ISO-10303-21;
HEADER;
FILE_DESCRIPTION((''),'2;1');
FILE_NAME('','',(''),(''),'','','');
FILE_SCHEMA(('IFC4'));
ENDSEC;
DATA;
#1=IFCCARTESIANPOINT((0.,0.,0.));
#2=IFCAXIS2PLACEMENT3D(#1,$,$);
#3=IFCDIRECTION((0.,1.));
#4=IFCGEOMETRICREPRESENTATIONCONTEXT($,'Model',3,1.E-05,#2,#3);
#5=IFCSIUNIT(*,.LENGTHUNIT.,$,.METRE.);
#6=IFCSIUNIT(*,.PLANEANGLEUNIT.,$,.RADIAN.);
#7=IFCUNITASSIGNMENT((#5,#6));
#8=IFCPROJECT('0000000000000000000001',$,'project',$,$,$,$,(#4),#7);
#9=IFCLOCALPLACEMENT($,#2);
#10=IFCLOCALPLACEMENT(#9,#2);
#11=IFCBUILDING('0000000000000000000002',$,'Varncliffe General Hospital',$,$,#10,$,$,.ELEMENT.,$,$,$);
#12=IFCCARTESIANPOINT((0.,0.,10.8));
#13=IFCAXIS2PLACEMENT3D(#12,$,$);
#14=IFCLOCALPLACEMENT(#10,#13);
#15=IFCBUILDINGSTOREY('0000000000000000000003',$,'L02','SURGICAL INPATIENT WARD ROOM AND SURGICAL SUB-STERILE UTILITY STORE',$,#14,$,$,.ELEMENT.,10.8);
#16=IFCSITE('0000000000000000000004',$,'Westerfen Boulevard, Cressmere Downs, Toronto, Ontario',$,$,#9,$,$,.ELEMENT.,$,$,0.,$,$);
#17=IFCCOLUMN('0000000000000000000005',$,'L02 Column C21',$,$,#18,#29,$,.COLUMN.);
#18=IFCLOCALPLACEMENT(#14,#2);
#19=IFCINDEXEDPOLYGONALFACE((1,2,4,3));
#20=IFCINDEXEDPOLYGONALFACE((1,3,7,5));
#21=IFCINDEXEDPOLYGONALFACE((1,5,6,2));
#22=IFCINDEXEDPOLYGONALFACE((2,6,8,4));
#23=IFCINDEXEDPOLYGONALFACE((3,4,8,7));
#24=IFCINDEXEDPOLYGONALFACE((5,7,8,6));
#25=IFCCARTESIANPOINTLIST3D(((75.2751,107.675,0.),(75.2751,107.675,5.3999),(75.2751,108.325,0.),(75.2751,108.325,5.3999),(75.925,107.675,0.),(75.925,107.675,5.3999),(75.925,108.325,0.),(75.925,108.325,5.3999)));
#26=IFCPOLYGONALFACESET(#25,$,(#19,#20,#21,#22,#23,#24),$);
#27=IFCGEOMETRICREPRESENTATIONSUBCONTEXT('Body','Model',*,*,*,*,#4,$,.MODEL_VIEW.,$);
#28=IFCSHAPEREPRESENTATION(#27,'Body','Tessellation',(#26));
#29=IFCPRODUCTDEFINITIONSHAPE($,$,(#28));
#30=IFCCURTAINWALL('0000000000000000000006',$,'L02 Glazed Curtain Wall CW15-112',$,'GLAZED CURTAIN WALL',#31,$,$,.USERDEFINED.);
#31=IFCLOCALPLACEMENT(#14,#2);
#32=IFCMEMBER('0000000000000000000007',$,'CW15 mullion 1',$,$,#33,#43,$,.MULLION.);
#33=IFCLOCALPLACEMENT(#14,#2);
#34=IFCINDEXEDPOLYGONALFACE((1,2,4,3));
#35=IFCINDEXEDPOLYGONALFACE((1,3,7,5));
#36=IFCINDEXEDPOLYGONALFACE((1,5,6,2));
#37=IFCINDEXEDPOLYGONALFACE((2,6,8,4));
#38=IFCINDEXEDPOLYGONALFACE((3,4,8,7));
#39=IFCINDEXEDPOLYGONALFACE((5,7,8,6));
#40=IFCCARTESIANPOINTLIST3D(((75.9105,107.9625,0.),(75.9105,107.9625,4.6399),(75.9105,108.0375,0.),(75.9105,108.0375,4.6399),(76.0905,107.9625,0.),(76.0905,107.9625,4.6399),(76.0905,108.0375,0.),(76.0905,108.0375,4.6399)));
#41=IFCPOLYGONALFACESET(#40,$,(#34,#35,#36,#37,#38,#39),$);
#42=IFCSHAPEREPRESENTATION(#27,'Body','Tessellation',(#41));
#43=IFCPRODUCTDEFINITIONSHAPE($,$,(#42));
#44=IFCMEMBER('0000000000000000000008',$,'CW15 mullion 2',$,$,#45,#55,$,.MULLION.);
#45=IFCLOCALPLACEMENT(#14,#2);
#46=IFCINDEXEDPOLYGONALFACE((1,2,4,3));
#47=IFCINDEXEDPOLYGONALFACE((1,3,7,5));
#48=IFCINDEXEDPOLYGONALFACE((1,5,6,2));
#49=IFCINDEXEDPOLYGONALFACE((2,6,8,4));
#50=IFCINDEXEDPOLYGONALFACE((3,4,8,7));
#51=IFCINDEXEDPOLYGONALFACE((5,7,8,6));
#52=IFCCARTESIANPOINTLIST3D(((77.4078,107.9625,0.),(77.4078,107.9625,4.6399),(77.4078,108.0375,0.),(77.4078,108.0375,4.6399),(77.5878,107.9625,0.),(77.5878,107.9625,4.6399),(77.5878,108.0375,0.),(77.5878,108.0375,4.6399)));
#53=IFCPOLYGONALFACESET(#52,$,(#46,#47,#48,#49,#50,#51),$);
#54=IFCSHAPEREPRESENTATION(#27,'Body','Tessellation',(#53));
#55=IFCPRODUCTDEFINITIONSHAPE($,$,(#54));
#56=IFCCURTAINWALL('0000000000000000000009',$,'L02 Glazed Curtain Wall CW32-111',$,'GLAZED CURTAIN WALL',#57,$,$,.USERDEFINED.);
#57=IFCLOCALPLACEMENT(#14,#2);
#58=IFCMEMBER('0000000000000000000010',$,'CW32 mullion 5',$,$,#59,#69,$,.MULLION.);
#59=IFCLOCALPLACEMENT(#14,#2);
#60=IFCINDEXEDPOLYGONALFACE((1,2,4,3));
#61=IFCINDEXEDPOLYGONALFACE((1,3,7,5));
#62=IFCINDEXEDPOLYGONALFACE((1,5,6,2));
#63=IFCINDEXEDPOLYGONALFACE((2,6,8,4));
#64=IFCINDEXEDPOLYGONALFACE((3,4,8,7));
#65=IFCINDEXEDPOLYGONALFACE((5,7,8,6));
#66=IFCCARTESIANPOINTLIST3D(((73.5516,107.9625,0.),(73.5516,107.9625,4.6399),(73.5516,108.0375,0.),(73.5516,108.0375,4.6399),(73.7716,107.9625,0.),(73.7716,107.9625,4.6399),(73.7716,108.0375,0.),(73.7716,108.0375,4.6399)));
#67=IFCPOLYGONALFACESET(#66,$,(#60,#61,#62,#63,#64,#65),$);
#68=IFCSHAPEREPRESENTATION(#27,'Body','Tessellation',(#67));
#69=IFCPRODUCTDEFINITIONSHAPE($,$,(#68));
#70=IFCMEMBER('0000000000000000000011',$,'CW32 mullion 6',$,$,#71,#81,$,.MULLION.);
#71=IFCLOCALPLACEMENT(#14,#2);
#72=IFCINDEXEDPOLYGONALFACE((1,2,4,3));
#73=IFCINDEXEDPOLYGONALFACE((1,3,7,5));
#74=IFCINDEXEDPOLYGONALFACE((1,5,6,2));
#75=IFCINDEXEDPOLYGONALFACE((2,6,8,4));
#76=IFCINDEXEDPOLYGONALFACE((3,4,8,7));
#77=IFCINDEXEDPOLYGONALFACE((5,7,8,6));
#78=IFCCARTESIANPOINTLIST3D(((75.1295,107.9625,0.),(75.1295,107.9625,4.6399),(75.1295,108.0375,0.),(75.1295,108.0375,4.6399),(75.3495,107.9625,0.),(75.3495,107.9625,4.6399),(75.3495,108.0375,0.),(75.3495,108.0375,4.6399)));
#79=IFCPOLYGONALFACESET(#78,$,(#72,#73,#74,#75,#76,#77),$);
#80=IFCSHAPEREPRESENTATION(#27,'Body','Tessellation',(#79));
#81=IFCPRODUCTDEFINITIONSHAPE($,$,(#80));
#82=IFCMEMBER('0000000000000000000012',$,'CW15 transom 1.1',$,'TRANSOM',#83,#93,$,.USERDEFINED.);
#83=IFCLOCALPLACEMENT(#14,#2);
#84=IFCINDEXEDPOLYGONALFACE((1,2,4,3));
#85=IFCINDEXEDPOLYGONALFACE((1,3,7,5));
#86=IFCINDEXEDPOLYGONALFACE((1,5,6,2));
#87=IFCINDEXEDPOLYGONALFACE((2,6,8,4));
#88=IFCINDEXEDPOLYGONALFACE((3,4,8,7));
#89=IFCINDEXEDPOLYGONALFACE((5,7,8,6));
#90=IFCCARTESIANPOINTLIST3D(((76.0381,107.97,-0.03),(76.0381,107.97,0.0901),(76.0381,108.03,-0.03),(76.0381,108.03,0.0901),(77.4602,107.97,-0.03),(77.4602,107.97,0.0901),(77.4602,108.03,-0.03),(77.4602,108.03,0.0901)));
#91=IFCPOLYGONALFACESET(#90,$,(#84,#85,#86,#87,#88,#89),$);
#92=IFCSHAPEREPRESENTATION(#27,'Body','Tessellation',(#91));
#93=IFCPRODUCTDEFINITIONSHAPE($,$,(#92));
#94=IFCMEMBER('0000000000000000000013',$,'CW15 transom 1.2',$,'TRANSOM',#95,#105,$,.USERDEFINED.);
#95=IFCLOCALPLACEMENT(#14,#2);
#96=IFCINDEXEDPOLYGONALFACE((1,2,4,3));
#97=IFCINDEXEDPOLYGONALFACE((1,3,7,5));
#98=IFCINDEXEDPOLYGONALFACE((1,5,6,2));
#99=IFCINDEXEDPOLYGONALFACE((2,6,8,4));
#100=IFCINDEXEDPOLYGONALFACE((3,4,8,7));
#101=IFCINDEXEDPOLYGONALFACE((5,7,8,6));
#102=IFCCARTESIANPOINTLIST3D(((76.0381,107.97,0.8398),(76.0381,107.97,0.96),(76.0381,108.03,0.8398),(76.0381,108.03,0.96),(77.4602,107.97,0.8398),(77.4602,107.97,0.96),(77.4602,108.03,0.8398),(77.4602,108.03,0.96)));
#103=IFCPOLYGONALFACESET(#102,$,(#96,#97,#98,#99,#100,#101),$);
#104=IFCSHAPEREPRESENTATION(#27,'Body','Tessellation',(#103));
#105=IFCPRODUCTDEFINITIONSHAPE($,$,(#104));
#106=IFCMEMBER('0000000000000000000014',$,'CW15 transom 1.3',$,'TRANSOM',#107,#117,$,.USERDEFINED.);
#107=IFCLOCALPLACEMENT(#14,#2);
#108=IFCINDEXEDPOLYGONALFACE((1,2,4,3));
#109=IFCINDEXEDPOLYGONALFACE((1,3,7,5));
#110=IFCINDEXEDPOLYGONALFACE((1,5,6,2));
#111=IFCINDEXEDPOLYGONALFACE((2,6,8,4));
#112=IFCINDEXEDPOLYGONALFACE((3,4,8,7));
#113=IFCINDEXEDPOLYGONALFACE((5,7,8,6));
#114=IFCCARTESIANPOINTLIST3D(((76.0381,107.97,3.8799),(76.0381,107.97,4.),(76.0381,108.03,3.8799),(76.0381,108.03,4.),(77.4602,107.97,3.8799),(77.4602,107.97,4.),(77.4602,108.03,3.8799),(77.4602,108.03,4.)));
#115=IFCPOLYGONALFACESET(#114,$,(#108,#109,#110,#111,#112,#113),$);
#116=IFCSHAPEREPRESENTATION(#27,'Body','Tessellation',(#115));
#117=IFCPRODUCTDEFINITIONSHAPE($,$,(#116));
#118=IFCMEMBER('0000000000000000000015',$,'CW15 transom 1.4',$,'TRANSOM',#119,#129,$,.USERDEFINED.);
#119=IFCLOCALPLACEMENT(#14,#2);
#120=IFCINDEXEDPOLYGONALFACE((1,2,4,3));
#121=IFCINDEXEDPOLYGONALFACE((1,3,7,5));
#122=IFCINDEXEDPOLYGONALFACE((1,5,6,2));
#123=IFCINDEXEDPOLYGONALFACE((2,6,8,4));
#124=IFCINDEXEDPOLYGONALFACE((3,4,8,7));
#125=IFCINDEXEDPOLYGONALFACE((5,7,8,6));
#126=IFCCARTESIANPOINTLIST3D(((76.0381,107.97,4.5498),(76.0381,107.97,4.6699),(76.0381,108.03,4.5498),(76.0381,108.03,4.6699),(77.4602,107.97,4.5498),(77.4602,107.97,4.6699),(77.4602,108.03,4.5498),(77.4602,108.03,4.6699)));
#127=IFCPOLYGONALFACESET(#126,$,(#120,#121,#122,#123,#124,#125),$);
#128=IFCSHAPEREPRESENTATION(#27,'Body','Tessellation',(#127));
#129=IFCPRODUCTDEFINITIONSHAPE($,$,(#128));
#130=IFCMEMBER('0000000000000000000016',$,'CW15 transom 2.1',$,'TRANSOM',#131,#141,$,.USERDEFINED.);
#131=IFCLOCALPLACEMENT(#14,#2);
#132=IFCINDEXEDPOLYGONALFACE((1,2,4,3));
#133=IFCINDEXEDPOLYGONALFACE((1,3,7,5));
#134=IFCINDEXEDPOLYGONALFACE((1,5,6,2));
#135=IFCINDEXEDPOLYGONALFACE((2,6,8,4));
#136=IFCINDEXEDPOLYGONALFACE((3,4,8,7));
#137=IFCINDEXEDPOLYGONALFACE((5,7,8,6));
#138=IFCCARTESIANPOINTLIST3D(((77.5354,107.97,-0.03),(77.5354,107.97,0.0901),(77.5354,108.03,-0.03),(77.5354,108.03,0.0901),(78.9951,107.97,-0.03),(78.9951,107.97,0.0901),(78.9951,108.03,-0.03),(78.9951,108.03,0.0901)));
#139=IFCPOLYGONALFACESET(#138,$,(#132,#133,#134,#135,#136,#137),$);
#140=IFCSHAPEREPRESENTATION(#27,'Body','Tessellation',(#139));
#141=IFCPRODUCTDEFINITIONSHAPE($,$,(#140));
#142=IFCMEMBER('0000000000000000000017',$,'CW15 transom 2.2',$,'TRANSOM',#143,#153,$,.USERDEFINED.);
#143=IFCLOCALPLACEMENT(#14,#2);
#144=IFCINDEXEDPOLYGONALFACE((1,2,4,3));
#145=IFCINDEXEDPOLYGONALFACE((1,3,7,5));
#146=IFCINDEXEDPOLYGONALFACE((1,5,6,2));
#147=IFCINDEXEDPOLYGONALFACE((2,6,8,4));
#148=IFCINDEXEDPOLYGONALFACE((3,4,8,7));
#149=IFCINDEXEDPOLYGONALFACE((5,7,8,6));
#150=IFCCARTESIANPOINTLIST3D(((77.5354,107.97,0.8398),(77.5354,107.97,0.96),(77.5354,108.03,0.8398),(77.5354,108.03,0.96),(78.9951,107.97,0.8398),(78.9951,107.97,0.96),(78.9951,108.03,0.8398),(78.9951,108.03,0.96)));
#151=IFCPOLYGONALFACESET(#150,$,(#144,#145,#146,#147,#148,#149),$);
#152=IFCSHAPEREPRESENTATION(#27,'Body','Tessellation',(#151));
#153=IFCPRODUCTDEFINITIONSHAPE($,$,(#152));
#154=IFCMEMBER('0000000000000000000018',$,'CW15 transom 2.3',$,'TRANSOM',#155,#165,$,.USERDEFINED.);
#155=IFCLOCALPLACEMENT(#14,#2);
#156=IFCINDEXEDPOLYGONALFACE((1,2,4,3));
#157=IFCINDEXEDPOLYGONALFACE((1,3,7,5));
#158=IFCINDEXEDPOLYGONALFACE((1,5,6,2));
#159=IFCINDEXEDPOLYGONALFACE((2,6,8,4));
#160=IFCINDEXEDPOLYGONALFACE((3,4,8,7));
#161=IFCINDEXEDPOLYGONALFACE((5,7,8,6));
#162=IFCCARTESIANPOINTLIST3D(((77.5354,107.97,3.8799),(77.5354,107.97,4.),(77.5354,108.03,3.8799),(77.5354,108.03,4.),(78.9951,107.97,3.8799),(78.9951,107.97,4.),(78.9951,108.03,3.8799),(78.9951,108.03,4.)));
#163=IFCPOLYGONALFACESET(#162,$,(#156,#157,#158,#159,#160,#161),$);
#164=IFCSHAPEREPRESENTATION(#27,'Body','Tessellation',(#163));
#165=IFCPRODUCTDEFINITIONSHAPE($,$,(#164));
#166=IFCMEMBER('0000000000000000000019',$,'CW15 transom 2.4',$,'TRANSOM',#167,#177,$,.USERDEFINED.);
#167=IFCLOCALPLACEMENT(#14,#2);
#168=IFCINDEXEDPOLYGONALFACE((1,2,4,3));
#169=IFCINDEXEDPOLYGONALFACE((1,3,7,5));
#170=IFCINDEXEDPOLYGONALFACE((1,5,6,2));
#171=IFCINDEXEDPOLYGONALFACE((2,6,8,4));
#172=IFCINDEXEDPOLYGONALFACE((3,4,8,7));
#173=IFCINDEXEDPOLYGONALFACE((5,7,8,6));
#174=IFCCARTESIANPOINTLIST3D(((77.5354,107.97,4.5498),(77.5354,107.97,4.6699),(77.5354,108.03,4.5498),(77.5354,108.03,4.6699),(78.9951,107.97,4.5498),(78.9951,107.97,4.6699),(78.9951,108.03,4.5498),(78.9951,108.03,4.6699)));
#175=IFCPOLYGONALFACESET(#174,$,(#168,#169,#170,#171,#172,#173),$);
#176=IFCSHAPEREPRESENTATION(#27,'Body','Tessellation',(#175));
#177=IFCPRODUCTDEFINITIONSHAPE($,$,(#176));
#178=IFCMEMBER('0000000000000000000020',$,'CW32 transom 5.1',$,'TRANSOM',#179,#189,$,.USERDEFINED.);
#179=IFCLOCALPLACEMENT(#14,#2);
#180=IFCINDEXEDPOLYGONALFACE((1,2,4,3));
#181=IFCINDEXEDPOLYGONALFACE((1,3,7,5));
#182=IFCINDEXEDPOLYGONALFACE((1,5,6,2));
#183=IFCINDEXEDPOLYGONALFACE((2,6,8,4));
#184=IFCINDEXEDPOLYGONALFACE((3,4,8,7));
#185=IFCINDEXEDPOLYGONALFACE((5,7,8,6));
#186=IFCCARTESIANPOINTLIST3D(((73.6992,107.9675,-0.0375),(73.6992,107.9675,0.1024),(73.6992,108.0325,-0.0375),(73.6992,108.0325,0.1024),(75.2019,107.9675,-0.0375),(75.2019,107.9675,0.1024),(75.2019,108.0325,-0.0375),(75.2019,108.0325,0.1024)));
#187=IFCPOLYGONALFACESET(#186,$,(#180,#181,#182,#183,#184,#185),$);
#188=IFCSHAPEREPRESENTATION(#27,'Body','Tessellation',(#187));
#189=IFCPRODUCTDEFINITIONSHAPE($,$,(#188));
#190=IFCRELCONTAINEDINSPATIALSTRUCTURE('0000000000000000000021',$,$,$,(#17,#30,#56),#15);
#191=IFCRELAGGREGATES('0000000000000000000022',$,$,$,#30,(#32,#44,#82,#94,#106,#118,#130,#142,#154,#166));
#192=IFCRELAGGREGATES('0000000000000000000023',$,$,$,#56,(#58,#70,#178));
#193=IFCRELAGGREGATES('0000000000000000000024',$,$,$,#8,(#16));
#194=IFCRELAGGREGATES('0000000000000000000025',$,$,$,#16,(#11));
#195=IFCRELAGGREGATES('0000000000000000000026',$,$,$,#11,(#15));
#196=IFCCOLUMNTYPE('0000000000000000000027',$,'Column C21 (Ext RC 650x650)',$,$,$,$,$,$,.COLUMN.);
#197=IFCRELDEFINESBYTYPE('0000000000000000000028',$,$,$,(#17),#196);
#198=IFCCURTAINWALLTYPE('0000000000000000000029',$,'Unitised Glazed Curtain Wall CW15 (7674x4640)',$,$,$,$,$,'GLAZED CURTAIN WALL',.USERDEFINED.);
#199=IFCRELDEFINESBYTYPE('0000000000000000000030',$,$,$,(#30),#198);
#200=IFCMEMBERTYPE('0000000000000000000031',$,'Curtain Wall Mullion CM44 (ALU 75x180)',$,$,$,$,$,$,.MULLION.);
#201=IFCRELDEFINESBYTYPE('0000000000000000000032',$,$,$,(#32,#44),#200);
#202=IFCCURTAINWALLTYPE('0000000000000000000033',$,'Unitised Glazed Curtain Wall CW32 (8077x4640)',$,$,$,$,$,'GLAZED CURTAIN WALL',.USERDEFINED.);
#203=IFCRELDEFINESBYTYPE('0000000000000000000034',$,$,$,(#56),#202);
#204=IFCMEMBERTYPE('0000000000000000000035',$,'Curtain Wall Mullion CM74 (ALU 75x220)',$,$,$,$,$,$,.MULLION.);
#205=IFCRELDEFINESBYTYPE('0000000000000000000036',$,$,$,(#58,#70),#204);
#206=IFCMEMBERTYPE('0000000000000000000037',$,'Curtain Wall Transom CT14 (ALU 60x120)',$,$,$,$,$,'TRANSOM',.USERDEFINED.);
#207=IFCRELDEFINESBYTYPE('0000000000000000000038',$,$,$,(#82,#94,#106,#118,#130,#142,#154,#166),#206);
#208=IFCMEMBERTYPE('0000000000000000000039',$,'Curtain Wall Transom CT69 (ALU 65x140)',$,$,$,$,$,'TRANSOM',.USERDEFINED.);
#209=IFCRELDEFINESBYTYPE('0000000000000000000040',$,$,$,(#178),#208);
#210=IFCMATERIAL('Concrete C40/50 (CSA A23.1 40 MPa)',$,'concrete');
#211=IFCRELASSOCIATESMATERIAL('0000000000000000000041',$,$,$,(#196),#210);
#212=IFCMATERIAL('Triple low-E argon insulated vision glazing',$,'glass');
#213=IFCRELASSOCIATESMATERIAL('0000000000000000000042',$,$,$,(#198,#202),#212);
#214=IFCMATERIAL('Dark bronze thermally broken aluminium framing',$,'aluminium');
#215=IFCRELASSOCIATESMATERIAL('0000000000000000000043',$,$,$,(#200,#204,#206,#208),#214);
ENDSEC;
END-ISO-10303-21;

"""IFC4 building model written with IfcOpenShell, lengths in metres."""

from ifc_helpers import new_model, si_unit, direction, frame, origin, origin_2d, place, context, subcontext, project, spatial, rectangle, extrude, material, material_profile, profile_set, type_object, element, aggregate, save


model = new_model("IFC4")

# Units and contexts
model_context = context("Model", 3, precision=1e-05, world=origin(), true_north=direction((0.0, 1.0)))
body_context = subcontext(model_context, "Body", "Model", "MODEL_VIEW")
ifc_project = project(units=[si_unit("LENGTHUNIT", "METRE"), si_unit("PLANEANGLEUNIT", "RADIAN")], contexts=[model_context])

# Site, building, storey
site_placement = place(None, origin())
site = spatial("IfcSite", under=ifc_project, at=site_placement, Name="Westerfen Boulevard, Cressmere Downs, Toronto, Ontario", CompositionType="ELEMENT", RefElevation=0.0)
building_placement = place(site_placement, origin())
building = spatial("IfcBuilding", under=site, at=building_placement, Name="Varncliffe General Hospital", CompositionType="ELEMENT")
storey_placement = place(building_placement, frame((0.0, 0.0, 10.8)))
storey = spatial("IfcBuildingStorey", under=building, at=storey_placement, Name="L02", Description="SURGICAL INPATIENT WARD ROOM AND SURGICAL SUB-STERILE UTILITY STORE", CompositionType="ELEMENT", Elevation=10.8)

# Column
ifc_material_1 = material(Name="Concrete C40/50 (CSA A23.1 40 MPa)", Category="concrete")
ifc_material_profile_1 = material_profile(ifc_material_1, rectangle(XDim=0.6499, YDim=0.6499, at=origin_2d()), Name="RC 650x650")
ifc_profile_set_1 = profile_set([ifc_material_profile_1], Name="Concrete C40/50 (CSA A23.1 40 MPa)")
column_type = type_object("IfcColumnType", Name="Column C21 (Ext RC 650x650)", PredefinedType="COLUMN", material=ifc_profile_set_1)
column_placement = place(storey_placement, frame((75.6001, 108.0, 0.0), z_axis=(0.0, 0.0, 1.0), x_axis=(1.0, 0.0, 0.0)))
element("IfcColumn", 1, at=column_placement, inside=storey, type_object=column_type, Name="L02 Column C21", PredefinedType="COLUMN", context=body_context, shape_type="SweptSolid", body=[
    extrude(rectangle(XDim=0.6499, YDim=0.6499, at=origin_2d()), origin(), (0.0, 0.0, 1.0), 5.3999),
])

# Curtain walls, members
ifc_material_2 = material(Name="Triple low-E argon insulated vision glazing", Category="glass")
curtain_wall_type_1 = type_object("IfcCurtainWallType", Name="Unitised Glazed Curtain Wall CW15 (7674x4640)", ElementType="GLAZED CURTAIN WALL", PredefinedType="USERDEFINED", material=ifc_material_2)
curtain_wall_1_placement = place(storey_placement, origin())
curtain_wall_1 = element("IfcCurtainWall", 2, at=curtain_wall_1_placement, inside=storey, type_object=curtain_wall_type_1, Name="L02 Glazed Curtain Wall CW15-112", ObjectType="GLAZED CURTAIN WALL", PredefinedType="USERDEFINED")
ifc_material_3 = material(Name="Dark bronze thermally broken aluminium framing", Category="aluminium")
ifc_material_profile_2 = material_profile(ifc_material_3, rectangle(XDim=0.075, YDim=0.1799, at=origin_2d()), Name="ALU 75x180")
ifc_profile_set_2 = profile_set([ifc_material_profile_2], Name="Dark bronze thermally broken aluminium framing")
member_type_1 = type_object("IfcMemberType", Name="Curtain Wall Mullion CM44 (ALU 75x180)", PredefinedType="MULLION", material=ifc_profile_set_2)
member_1_placement = place(storey_placement, frame((76.0005, 108.0, 0.0), z_axis=(0.0, 0.0, 1.0), x_axis=(0.0, 1.0, 0.0)))
member_1 = element("IfcMember", 3, at=member_1_placement, type_object=member_type_1, Name="CW15 mullion 1", PredefinedType="MULLION", context=body_context, shape_type="SweptSolid", body=[
    extrude(rectangle(XDim=0.075, YDim=0.1799, at=origin_2d()), origin(), (0.0, 0.0, 1.0), 4.6399),
])
member_2_placement = place(storey_placement, frame((77.4978, 108.0, 0.0), z_axis=(0.0, 0.0, 1.0), x_axis=(0.0, 1.0, 0.0)))
member_2 = element("IfcMember", 4, at=member_2_placement, type_object=member_type_1, Name="CW15 mullion 2", PredefinedType="MULLION", context=body_context, shape_type="SweptSolid", body=[
    extrude(rectangle(XDim=0.075, YDim=0.1799, at=origin_2d()), origin(), (0.0, 0.0, 1.0), 4.6399),
])
curtain_wall_type_2 = type_object("IfcCurtainWallType", Name="Unitised Glazed Curtain Wall CW32 (8077x4640)", ElementType="GLAZED CURTAIN WALL", PredefinedType="USERDEFINED", material=ifc_material_2)
curtain_wall_2_placement = place(storey_placement, origin())
curtain_wall_2 = element("IfcCurtainWall", 5, at=curtain_wall_2_placement, inside=storey, type_object=curtain_wall_type_2, Name="L02 Glazed Curtain Wall CW32-111", ObjectType="GLAZED CURTAIN WALL", PredefinedType="USERDEFINED")
ifc_material_profile_3 = material_profile(ifc_material_3, rectangle(XDim=0.075, YDim=0.22, at=origin_2d()), Name="ALU 75x220")
ifc_profile_set_3 = profile_set([ifc_material_profile_3], Name="Dark bronze thermally broken aluminium framing")
member_type_2 = type_object("IfcMemberType", Name="Curtain Wall Mullion CM74 (ALU 75x220)", PredefinedType="MULLION", material=ifc_profile_set_3)
member_3_placement = place(storey_placement, frame((73.6616, 108.0, 0.0), z_axis=(0.0, 0.0, 1.0), x_axis=(0.0, 1.0, 0.0)))
member_3 = element("IfcMember", 6, at=member_3_placement, type_object=member_type_2, Name="CW32 mullion 5", PredefinedType="MULLION", context=body_context, shape_type="SweptSolid", body=[
    extrude(rectangle(XDim=0.075, YDim=0.22, at=origin_2d()), origin(), (0.0, 0.0, 1.0), 4.6399),
])
member_4_placement = place(storey_placement, frame((75.2395, 108.0, 0.0), z_axis=(0.0, 0.0, 1.0), x_axis=(0.0, 1.0, 0.0)))
member_4 = element("IfcMember", 7, at=member_4_placement, type_object=member_type_2, Name="CW32 mullion 6", PredefinedType="MULLION", context=body_context, shape_type="SweptSolid", body=[
    extrude(rectangle(XDim=0.075, YDim=0.22, at=origin_2d()), origin(), (0.0, 0.0, 1.0), 4.6399),
])

# Members
ifc_material_profile_4 = material_profile(ifc_material_3, rectangle(XDim=0.0601, YDim=0.1201, at=origin_2d()), Name="ALU 60x120")
ifc_profile_set_4 = profile_set([ifc_material_profile_4], Name="Dark bronze thermally broken aluminium framing")
member_type_3 = type_object("IfcMemberType", Name="Curtain Wall Transom CT14 (ALU 60x120)", ElementType="TRANSOM", PredefinedType="USERDEFINED", material=ifc_profile_set_4)
member_5_placement = place(storey_placement, frame((76.0381, 108.0, 0.03), z_axis=(1.0, 0.0, 0.0), x_axis=(0.0, 1.0, 0.0)))
member_5 = element("IfcMember", 8, at=member_5_placement, type_object=member_type_3, Name="CW15 transom 1.1", ObjectType="TRANSOM", PredefinedType="USERDEFINED", context=body_context, shape_type="SweptSolid", body=[
    extrude(rectangle(XDim=0.0601, YDim=0.1201, at=origin_2d()), origin(), (0.0, 0.0, 1.0), 1.4221),
])
member_6_placement = place(storey_placement, frame((76.0381, 108.0, 0.8999), z_axis=(1.0, 0.0, 0.0), x_axis=(0.0, 1.0, 0.0)))
member_6 = element("IfcMember", 9, at=member_6_placement, type_object=member_type_3, Name="CW15 transom 1.2", ObjectType="TRANSOM", PredefinedType="USERDEFINED", context=body_context, shape_type="SweptSolid", body=[
    extrude(rectangle(XDim=0.0601, YDim=0.1201, at=origin_2d()), origin(), (0.0, 0.0, 1.0), 1.4221),
])
member_7_placement = place(storey_placement, frame((76.0381, 108.0, 3.9399), z_axis=(1.0, 0.0, 0.0), x_axis=(0.0, 1.0, 0.0)))
member_7 = element("IfcMember", 10, at=member_7_placement, type_object=member_type_3, Name="CW15 transom 1.3", ObjectType="TRANSOM", PredefinedType="USERDEFINED", context=body_context, shape_type="SweptSolid", body=[
    extrude(rectangle(XDim=0.0601, YDim=0.1201, at=origin_2d()), origin(), (0.0, 0.0, 1.0), 1.4221),
])
member_8_placement = place(storey_placement, frame((76.0381, 108.0, 4.6099), z_axis=(1.0, 0.0, 0.0), x_axis=(0.0, 1.0, 0.0)))
member_8 = element("IfcMember", 11, at=member_8_placement, type_object=member_type_3, Name="CW15 transom 1.4", ObjectType="TRANSOM", PredefinedType="USERDEFINED", context=body_context, shape_type="SweptSolid", body=[
    extrude(rectangle(XDim=0.0601, YDim=0.1201, at=origin_2d()), origin(), (0.0, 0.0, 1.0), 1.4221),
])
member_9_placement = place(storey_placement, frame((77.5354, 108.0, 0.03), z_axis=(1.0, 0.0, 0.0), x_axis=(0.0, 1.0, 0.0)))
member_9 = element("IfcMember", 12, at=member_9_placement, type_object=member_type_3, Name="CW15 transom 2.1", ObjectType="TRANSOM", PredefinedType="USERDEFINED", context=body_context, shape_type="SweptSolid", body=[
    extrude(rectangle(XDim=0.0601, YDim=0.1201, at=origin_2d()), origin(), (0.0, 0.0, 1.0), 1.4597),
])
member_10_placement = place(storey_placement, frame((77.5354, 108.0, 0.8999), z_axis=(1.0, 0.0, 0.0), x_axis=(0.0, 1.0, 0.0)))
member_10 = element("IfcMember", 13, at=member_10_placement, type_object=member_type_3, Name="CW15 transom 2.2", ObjectType="TRANSOM", PredefinedType="USERDEFINED", context=body_context, shape_type="SweptSolid", body=[
    extrude(rectangle(XDim=0.0601, YDim=0.1201, at=origin_2d()), origin(), (0.0, 0.0, 1.0), 1.4597),
])
member_11_placement = place(storey_placement, frame((77.5354, 108.0, 3.9399), z_axis=(1.0, 0.0, 0.0), x_axis=(0.0, 1.0, 0.0)))
member_11 = element("IfcMember", 14, at=member_11_placement, type_object=member_type_3, Name="CW15 transom 2.3", ObjectType="TRANSOM", PredefinedType="USERDEFINED", context=body_context, shape_type="SweptSolid", body=[
    extrude(rectangle(XDim=0.0601, YDim=0.1201, at=origin_2d()), origin(), (0.0, 0.0, 1.0), 1.4597),
])
member_12_placement = place(storey_placement, frame((77.5354, 108.0, 4.6099), z_axis=(1.0, 0.0, 0.0), x_axis=(0.0, 1.0, 0.0)))
member_12 = element("IfcMember", 15, at=member_12_placement, type_object=member_type_3, Name="CW15 transom 2.4", ObjectType="TRANSOM", PredefinedType="USERDEFINED", context=body_context, shape_type="SweptSolid", body=[
    extrude(rectangle(XDim=0.0601, YDim=0.1201, at=origin_2d()), origin(), (0.0, 0.0, 1.0), 1.4597),
])
ifc_material_profile_5 = material_profile(ifc_material_3, rectangle(XDim=0.0649, YDim=0.1399, at=origin_2d()), Name="ALU 65x140")
ifc_profile_set_5 = profile_set([ifc_material_profile_5], Name="Dark bronze thermally broken aluminium framing")
member_type_4 = type_object("IfcMemberType", Name="Curtain Wall Transom CT69 (ALU 65x140)", ElementType="TRANSOM", PredefinedType="USERDEFINED", material=ifc_profile_set_5)
member_13_placement = place(storey_placement, frame((73.6992, 108.0, 0.0325), z_axis=(1.0, 0.0, 0.0), x_axis=(0.0, 1.0, 0.0)))
member_13 = element("IfcMember", 16, at=member_13_placement, type_object=member_type_4, Name="CW32 transom 5.1", ObjectType="TRANSOM", PredefinedType="USERDEFINED", context=body_context, shape_type="SweptSolid", body=[
    extrude(rectangle(XDim=0.0649, YDim=0.1399, at=origin_2d()), origin(), (0.0, 0.0, 1.0), 1.5027),
])

aggregate(curtain_wall_1, [member_1, member_2, member_5, member_6, member_7, member_8, member_9, member_10, member_11, member_12])
aggregate(curtain_wall_2, [member_3, member_4, member_13])

save(model, "model.ifc")
